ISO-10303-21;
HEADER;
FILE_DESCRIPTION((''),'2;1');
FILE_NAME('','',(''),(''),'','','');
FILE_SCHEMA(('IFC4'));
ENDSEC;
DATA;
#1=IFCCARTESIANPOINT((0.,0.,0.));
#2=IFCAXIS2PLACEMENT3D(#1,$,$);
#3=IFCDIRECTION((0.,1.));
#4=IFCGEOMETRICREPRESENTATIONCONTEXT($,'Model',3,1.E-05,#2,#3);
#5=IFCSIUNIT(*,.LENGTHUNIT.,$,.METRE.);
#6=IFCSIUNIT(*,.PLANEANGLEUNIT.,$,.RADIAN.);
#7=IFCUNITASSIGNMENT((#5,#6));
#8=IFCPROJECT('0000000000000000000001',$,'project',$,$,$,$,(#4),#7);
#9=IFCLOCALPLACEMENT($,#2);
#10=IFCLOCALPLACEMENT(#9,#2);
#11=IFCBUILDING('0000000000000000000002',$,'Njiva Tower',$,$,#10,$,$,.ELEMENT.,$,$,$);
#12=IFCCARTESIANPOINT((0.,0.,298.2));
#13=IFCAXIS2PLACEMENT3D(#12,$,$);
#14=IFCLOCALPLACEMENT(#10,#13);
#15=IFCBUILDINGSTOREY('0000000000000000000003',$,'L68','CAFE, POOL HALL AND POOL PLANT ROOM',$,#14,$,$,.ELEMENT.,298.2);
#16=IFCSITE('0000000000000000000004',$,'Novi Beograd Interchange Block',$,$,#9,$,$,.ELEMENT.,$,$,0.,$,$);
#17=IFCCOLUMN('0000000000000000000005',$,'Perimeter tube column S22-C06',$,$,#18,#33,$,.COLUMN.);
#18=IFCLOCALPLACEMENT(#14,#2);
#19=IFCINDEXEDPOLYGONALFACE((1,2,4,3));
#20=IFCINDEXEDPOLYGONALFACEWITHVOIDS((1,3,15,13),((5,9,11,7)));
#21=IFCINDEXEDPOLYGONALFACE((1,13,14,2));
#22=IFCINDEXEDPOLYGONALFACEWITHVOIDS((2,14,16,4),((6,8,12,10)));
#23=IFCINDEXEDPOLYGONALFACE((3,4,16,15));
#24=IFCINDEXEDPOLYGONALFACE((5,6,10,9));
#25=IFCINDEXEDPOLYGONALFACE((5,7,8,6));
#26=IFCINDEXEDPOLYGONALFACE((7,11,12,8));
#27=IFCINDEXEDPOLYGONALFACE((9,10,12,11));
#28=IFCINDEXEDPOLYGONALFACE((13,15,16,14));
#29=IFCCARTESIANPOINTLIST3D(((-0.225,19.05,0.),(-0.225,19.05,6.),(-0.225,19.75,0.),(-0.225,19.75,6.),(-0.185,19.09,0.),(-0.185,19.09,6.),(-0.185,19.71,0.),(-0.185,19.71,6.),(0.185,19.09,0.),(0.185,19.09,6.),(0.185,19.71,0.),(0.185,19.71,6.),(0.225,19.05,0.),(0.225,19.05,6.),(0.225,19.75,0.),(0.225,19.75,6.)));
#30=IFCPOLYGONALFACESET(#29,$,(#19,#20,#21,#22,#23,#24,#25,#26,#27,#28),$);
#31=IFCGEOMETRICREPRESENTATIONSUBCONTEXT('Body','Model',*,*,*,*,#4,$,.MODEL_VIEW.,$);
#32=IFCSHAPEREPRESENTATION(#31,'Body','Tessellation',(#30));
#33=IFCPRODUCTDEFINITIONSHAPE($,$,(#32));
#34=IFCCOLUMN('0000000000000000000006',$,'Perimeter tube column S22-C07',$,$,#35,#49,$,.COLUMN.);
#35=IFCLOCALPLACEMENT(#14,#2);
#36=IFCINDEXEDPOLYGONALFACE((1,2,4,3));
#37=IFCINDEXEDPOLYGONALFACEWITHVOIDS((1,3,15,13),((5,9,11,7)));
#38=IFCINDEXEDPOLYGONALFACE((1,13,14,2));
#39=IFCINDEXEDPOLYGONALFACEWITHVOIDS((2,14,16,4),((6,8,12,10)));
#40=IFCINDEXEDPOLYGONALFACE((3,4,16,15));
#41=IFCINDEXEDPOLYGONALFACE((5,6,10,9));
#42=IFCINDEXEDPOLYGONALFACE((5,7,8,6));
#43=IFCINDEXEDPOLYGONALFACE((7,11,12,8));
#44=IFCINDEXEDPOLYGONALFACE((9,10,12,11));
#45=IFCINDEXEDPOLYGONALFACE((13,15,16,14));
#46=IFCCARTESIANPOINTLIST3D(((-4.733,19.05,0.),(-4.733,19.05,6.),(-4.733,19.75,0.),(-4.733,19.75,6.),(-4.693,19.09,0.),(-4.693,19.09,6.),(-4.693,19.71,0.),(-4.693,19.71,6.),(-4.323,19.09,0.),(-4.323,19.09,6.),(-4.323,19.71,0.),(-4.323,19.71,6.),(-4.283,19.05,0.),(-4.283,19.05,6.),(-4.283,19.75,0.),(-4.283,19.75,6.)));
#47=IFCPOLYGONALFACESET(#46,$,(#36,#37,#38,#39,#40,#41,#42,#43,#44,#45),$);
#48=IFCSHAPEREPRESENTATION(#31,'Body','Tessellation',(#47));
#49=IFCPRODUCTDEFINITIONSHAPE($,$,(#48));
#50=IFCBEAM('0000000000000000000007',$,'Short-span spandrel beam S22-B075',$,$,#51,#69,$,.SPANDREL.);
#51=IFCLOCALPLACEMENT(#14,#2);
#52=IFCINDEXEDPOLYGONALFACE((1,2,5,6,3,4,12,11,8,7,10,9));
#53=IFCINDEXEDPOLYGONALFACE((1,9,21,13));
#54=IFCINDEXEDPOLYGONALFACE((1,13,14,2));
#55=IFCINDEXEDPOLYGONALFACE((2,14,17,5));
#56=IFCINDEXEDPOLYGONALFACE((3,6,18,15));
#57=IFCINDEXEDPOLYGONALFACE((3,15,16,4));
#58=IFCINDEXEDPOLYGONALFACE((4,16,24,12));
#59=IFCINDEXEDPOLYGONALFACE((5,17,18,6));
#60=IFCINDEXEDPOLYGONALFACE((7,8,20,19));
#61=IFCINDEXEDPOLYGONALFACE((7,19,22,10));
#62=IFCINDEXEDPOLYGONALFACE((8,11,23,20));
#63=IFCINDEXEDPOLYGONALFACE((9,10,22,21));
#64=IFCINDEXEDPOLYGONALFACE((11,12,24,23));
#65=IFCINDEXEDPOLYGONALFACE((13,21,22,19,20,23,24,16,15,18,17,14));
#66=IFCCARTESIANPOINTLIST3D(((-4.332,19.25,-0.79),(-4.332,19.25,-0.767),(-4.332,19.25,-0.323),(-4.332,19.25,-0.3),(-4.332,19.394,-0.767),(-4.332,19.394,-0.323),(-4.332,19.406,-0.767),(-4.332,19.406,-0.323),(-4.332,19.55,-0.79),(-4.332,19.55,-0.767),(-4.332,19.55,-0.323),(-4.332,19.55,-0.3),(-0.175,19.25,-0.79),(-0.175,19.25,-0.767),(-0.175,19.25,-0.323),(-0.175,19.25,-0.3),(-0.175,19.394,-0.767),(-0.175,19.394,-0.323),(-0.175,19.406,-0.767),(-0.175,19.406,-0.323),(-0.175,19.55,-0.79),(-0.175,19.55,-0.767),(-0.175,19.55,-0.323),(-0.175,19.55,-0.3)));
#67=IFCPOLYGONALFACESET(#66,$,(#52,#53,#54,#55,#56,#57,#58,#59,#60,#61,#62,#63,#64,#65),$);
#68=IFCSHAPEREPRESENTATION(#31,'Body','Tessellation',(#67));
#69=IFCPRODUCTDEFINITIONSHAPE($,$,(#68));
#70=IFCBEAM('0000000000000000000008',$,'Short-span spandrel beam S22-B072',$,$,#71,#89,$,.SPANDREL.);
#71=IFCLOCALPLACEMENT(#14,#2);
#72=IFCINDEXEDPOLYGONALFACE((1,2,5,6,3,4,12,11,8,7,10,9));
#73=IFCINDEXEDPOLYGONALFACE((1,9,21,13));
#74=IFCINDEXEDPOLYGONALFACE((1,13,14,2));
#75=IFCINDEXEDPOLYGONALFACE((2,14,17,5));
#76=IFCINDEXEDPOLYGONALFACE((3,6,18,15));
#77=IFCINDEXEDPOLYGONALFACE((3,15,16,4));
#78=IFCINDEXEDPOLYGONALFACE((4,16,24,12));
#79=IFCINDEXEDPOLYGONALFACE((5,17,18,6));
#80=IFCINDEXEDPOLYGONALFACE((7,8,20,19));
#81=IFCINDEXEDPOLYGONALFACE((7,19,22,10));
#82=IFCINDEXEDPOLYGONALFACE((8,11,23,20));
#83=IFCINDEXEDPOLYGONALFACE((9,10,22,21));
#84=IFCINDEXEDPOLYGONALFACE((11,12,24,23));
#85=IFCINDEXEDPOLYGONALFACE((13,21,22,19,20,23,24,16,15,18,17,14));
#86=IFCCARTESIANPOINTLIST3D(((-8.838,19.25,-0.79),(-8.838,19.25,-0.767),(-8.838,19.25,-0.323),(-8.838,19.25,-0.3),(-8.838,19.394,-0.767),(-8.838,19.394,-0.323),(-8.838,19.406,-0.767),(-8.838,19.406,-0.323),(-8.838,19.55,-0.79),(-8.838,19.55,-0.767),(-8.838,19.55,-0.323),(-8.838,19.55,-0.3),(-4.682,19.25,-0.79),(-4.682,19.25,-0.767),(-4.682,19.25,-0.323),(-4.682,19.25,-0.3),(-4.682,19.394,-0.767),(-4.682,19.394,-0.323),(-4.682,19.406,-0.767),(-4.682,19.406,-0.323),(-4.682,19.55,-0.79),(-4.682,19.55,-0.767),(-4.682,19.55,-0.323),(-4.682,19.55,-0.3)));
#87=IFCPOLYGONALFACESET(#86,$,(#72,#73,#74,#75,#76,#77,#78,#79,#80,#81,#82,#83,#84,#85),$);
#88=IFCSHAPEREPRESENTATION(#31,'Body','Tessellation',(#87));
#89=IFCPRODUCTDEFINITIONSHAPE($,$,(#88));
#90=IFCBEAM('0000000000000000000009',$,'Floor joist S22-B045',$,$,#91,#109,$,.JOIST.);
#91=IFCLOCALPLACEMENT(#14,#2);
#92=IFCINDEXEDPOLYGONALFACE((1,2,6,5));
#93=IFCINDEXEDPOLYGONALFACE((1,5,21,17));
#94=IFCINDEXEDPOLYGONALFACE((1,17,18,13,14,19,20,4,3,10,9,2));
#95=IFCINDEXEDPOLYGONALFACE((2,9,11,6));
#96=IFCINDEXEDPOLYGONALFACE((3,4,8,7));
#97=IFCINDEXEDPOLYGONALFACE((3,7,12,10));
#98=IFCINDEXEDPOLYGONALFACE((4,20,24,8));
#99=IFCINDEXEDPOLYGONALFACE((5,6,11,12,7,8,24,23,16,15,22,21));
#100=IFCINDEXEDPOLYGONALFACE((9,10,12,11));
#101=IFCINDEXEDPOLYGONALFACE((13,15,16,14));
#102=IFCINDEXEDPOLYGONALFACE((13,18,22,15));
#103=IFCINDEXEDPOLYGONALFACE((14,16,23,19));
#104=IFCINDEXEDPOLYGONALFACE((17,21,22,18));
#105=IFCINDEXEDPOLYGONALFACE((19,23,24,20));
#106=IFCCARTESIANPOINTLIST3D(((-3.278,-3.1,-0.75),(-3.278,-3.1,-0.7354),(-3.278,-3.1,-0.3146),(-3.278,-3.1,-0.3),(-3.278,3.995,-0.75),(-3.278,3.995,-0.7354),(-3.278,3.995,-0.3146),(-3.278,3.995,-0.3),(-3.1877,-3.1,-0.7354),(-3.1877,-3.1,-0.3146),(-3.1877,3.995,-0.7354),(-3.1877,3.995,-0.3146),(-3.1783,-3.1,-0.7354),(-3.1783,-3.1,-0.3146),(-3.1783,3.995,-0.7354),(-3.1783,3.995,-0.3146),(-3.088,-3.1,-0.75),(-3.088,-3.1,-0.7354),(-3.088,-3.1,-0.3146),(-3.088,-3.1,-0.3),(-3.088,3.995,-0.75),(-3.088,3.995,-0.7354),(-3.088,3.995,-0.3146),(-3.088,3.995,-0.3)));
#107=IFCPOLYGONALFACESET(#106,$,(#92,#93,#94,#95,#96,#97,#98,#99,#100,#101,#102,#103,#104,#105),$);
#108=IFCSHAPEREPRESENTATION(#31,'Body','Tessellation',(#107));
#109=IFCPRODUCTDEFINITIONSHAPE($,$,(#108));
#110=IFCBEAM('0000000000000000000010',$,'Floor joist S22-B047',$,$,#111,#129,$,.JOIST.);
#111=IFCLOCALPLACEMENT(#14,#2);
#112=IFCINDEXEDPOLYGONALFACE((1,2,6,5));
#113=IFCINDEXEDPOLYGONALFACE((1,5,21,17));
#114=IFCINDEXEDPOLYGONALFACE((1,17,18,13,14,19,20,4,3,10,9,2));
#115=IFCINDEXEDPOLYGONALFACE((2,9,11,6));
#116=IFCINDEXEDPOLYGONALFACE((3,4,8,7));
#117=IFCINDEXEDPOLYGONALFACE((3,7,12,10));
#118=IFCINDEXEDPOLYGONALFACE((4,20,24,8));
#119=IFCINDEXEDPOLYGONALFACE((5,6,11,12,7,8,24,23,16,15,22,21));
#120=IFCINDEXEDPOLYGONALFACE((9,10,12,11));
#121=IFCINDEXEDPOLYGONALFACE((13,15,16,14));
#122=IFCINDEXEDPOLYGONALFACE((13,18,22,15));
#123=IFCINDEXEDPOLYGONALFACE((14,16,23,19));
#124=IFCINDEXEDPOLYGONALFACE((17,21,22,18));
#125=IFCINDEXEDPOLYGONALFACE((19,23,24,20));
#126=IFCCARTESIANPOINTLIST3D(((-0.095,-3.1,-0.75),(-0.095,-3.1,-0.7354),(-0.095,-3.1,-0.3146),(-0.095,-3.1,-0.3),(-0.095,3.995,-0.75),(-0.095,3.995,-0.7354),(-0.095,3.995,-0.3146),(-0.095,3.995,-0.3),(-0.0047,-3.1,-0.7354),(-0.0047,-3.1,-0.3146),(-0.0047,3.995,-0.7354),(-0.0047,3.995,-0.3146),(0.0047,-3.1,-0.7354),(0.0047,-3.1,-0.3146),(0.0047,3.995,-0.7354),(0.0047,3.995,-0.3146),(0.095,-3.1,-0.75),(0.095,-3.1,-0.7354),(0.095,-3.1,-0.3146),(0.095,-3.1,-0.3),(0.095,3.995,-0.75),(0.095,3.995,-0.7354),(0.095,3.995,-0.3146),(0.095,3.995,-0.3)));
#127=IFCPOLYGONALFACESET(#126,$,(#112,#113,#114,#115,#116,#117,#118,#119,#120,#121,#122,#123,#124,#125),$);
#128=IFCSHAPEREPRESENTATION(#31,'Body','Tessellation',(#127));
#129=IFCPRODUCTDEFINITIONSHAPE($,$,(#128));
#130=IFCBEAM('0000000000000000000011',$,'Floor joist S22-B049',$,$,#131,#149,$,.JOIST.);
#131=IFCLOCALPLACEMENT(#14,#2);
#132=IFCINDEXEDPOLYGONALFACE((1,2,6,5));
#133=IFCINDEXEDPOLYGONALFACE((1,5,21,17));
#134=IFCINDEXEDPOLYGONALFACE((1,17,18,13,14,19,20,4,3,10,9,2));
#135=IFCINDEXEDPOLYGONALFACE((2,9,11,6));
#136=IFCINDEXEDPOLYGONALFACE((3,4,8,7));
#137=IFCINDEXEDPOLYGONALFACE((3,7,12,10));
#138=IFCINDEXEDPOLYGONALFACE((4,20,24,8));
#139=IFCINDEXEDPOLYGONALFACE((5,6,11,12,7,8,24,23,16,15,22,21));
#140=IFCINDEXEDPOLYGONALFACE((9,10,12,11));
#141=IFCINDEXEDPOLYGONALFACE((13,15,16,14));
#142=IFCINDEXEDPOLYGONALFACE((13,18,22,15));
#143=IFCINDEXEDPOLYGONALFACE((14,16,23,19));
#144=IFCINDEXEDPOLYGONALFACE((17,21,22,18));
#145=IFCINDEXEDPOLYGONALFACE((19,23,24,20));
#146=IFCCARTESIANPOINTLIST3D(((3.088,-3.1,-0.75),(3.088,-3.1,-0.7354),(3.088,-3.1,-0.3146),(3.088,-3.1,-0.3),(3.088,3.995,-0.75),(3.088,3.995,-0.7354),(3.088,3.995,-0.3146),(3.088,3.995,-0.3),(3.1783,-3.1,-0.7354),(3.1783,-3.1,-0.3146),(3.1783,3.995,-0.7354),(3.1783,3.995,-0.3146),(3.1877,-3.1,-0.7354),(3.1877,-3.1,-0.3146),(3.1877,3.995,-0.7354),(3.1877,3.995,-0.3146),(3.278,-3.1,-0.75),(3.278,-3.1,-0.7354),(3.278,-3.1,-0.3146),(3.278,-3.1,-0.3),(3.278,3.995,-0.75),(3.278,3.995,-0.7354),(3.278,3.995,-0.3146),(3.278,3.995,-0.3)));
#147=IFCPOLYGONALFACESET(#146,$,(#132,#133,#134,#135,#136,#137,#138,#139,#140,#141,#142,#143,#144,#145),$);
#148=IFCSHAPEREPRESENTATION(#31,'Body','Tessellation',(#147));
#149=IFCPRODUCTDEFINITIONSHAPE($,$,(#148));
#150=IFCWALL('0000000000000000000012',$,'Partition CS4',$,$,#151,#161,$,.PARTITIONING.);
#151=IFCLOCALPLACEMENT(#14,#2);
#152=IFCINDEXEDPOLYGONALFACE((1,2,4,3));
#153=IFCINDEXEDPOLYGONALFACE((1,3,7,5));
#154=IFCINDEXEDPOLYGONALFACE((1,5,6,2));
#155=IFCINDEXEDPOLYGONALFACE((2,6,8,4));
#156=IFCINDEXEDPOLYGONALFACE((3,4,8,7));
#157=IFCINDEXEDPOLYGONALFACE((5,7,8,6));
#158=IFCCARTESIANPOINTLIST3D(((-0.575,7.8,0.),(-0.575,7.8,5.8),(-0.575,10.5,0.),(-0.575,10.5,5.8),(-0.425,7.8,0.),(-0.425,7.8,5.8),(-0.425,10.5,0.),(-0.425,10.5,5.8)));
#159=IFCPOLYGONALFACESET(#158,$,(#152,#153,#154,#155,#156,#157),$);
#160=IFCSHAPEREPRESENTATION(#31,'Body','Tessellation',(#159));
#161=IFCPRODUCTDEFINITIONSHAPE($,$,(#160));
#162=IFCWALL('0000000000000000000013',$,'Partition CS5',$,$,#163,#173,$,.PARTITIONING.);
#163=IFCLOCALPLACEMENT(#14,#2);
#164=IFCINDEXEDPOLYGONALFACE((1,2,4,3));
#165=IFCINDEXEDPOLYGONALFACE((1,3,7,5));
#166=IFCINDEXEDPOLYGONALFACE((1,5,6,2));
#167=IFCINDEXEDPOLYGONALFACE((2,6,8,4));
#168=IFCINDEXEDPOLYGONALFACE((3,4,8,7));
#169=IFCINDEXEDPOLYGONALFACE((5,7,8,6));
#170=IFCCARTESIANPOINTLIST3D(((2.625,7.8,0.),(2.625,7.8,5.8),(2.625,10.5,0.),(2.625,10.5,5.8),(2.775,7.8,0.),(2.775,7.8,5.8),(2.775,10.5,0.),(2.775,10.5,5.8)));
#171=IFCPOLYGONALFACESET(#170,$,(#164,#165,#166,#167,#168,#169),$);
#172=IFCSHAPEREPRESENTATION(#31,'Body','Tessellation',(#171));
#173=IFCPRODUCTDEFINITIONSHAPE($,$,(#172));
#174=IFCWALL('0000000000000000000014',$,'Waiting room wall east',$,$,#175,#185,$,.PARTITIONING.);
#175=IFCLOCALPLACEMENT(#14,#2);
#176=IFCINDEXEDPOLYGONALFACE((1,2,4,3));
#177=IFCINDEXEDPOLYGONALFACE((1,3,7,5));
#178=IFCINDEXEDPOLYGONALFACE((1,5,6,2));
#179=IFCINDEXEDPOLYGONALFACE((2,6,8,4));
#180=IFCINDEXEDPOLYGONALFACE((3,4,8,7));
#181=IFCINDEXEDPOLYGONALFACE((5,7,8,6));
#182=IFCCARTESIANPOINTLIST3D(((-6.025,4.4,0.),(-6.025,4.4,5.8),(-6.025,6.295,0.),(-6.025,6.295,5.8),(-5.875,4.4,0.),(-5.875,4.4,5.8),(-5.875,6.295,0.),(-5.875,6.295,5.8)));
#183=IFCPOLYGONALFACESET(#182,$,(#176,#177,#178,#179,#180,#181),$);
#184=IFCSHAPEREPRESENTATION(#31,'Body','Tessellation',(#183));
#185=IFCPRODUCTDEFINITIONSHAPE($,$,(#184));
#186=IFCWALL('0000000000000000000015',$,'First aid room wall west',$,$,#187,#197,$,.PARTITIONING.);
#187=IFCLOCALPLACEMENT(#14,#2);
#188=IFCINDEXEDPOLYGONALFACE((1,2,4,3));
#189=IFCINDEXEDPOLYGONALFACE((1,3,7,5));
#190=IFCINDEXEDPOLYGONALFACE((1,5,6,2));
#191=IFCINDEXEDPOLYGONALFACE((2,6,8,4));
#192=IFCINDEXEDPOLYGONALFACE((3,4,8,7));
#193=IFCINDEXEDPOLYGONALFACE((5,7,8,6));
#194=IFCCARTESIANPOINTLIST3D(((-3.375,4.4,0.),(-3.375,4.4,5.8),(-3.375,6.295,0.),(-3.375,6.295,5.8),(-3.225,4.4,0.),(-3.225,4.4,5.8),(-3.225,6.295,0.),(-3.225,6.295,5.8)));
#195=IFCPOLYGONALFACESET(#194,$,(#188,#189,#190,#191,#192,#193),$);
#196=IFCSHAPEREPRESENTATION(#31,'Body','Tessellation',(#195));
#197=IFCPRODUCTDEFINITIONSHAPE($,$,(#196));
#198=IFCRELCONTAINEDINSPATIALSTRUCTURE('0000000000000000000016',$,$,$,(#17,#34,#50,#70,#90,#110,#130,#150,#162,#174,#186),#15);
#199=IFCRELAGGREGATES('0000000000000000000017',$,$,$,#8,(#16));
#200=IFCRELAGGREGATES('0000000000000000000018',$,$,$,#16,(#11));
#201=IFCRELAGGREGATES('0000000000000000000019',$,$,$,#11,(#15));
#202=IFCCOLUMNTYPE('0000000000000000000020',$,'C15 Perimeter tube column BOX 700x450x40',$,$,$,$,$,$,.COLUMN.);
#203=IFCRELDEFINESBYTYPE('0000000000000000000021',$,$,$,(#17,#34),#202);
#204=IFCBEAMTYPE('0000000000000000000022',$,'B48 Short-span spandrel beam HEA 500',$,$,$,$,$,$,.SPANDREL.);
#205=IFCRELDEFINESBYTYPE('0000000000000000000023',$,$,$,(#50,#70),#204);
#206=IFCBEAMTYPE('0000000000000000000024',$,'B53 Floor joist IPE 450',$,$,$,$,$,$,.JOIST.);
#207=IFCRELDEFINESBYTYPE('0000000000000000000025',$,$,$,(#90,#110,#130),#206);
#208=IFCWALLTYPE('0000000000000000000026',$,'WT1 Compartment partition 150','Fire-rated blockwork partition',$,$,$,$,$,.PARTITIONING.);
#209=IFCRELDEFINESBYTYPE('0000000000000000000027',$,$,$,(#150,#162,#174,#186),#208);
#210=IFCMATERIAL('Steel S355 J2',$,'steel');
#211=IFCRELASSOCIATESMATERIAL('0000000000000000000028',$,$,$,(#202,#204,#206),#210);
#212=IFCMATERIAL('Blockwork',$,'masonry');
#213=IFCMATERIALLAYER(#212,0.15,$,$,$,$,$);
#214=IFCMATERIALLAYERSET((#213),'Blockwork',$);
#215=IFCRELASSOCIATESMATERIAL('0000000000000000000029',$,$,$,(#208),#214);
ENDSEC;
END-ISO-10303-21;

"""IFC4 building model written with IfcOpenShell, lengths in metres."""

from ifc_helpers import new_model, si_unit, direction, frame, frame_2d, origin, origin_2d, place, context, subcontext, project, spatial, rectangle, hollow_rectangle, i_section, extrude, material, layer, layer_set, material_profile, profile_set, type_object, element, save


model = new_model("IFC4")

# Units and contexts
model_context = context("Model", 3, precision=1e-05, world=origin(), true_north=direction((0.0, 1.0)))
body_context = subcontext(model_context, "Body", "Model", "MODEL_VIEW")
ifc_project = project(units=[si_unit("LENGTHUNIT", "METRE"), si_unit("PLANEANGLEUNIT", "RADIAN")], contexts=[model_context])

# Site, building, storey
site_placement = place(None, origin())
site = spatial("IfcSite", under=ifc_project, at=site_placement, Name="Novi Beograd Interchange Block", CompositionType="ELEMENT", RefElevation=0.0)
building_placement = place(site_placement, origin())
building = spatial("IfcBuilding", under=site, at=building_placement, Name="Njiva Tower", CompositionType="ELEMENT")
storey_placement = place(building_placement, frame((0.0, 0.0, 298.2)))
storey = spatial("IfcBuildingStorey", under=building, at=storey_placement, Name="L68", Description="CAFE, POOL HALL AND POOL PLANT ROOM", CompositionType="ELEMENT", Elevation=298.2)

# Columns
ifc_material_1 = material(Name="Steel S355 J2", Category="steel")
ifc_material_profile_1 = material_profile(ifc_material_1, hollow_rectangle(XDim=0.45, YDim=0.7, WallThickness=0.04, at=origin_2d()), Name="BOX 700x450x40")
ifc_profile_set_1 = profile_set([ifc_material_profile_1], Name="Steel S355 J2")
column_type = type_object("IfcColumnType", Name="C15 Perimeter tube column BOX 700x450x40", PredefinedType="COLUMN", material=ifc_profile_set_1)
for number, where, z_axis, x_axis, name in (
    (1, (0.0, 19.4, 0.0), (0.0, 0.0, 1.0), (-1.0, 0.0, 0.0), "Perimeter tube column S22-C06"),
    (2, (-4.508, 19.4, 0.0), (0.0, 0.0, 1.0), (-1.0, 0.0, 0.0), "Perimeter tube column S22-C07"),
):
    element("IfcColumn", number, at=place(storey_placement, frame(where, z_axis=z_axis, x_axis=x_axis)), inside=storey, type_object=column_type, Name=name, PredefinedType="COLUMN", context=body_context, shape_type="SweptSolid", body=[
        extrude(hollow_rectangle(XDim=0.45, YDim=0.7, WallThickness=0.04, at=origin_2d()), origin(), (0.0, 0.0, 1.0), 6.0),
    ])

# Beams
ifc_material_profile_2 = material_profile(ifc_material_1, i_section(OverallWidth=0.3, OverallDepth=0.49, WebThickness=0.012, FlangeThickness=0.023, at=origin_2d()), Name="HEA 500")
ifc_profile_set_2 = profile_set([ifc_material_profile_2], Name="Steel S355 J2")
beam_type_1 = type_object("IfcBeamType", Name="B48 Short-span spandrel beam HEA 500", PredefinedType="SPANDREL", material=ifc_profile_set_2)
beam_1_placement = place(storey_placement, frame((-0.175, 19.4, -0.545), z_axis=(-1.0, 0.0, 0.0), x_axis=(0.0, -1.0, 0.0)))
element("IfcBeam", 3, at=beam_1_placement, inside=storey, type_object=beam_type_1, Name="Short-span spandrel beam S22-B075", PredefinedType="SPANDREL", context=body_context, shape_type="SweptSolid", body=[
    extrude(i_section(OverallWidth=0.3, OverallDepth=0.49, WebThickness=0.012, FlangeThickness=0.023, at=origin_2d()), origin(), (0.0, 0.0, 1.0), 4.157),
])
beam_2_placement = place(storey_placement, frame((-4.682, 19.4, -0.545), z_axis=(-1.0, 0.0, 0.0), x_axis=(0.0, -1.0, 0.0)))
element("IfcBeam", 4, at=beam_2_placement, inside=storey, type_object=beam_type_1, Name="Short-span spandrel beam S22-B072", PredefinedType="SPANDREL", context=body_context, shape_type="SweptSolid", body=[
    extrude(i_section(OverallWidth=0.3, OverallDepth=0.49, WebThickness=0.012, FlangeThickness=0.023, at=origin_2d()), origin(), (0.0, 0.0, 1.0), 4.156),
])
ifc_material_profile_3 = material_profile(ifc_material_1, i_section(OverallWidth=0.19, OverallDepth=0.45, WebThickness=0.0094, FlangeThickness=0.0146, at=origin_2d()), Name="IPE 450")
ifc_profile_set_3 = profile_set([ifc_material_profile_3], Name="Steel S355 J2")
beam_type_2 = type_object("IfcBeamType", Name="B53 Floor joist IPE 450", PredefinedType="JOIST", material=ifc_profile_set_3)
for number, where, z_axis, x_axis, name in (
    (5, (-3.183, 3.995, -0.525), (0.0, -1.0, 0.0), (1.0, 0.0, 0.0), "Floor joist S22-B045"),
    (6, (0.0, 3.995, -0.525), (0.0, -1.0, 0.0), (1.0, 0.0, 0.0), "Floor joist S22-B047"),
    (7, (3.183, 3.995, -0.525), (0.0, -1.0, 0.0), (1.0, 0.0, 0.0), "Floor joist S22-B049"),
):
    element("IfcBeam", number, at=place(storey_placement, frame(where, z_axis=z_axis, x_axis=x_axis)), inside=storey, type_object=beam_type_2, Name=name, PredefinedType="JOIST", context=body_context, shape_type="SweptSolid", body=[
        extrude(i_section(OverallWidth=0.19, OverallDepth=0.45, WebThickness=0.0094, FlangeThickness=0.0146, at=origin_2d()), origin(), (0.0, 0.0, 1.0), 7.095),
    ])

# Walls
ifc_material_2 = material(Name="Blockwork", Category="masonry")
ifc_layer_1 = layer(ifc_material_2, 0.15)
ifc_layer_set_1 = layer_set([ifc_layer_1], Name="Blockwork")
wall_type_1 = type_object("IfcWallType", Name="WT1 Compartment partition 150", Description="Fire-rated blockwork partition", PredefinedType="PARTITIONING", material=ifc_layer_set_1)
for number, where, z_axis, x_axis, name in (
    (8, (-0.5, 7.8, 0.0), (0.0, 0.0, 1.0), (0.0, 1.0, 0.0), "Partition CS4"),
    (9, (2.7, 7.8, 0.0), (0.0, 0.0, 1.0), (0.0, 1.0, 0.0), "Partition CS5"),
):
    element("IfcWall", number, at=place(storey_placement, frame(where, z_axis=z_axis, x_axis=x_axis)), inside=storey, type_object=wall_type_1, Name=name, PredefinedType="PARTITIONING", context=body_context, shape_type="SweptSolid", body=[
        extrude(rectangle(XDim=2.7, YDim=0.15, at=frame_2d((1.35, 0.0))), origin(), (0.0, 0.0, 1.0), 5.8),
    ])
for number, where, z_axis, x_axis, name in (
    (10, (-5.95, 4.4, 0.0), (0.0, 0.0, 1.0), (0.0, 1.0, 0.0), "Waiting room wall east"),
    (11, (-3.3, 4.4, 0.0), (0.0, 0.0, 1.0), (0.0, 1.0, 0.0), "First aid room wall west"),
):
    element("IfcWall", number, at=place(storey_placement, frame(where, z_axis=z_axis, x_axis=x_axis)), inside=storey, type_object=wall_type_1, Name=name, PredefinedType="PARTITIONING", context=body_context, shape_type="SweptSolid", body=[
        extrude(rectangle(XDim=1.895, YDim=0.15, at=frame_2d((0.9475, 0.0))), origin(), (0.0, 0.0, 1.0), 5.8),
    ])

save(model, "model.ifc")
